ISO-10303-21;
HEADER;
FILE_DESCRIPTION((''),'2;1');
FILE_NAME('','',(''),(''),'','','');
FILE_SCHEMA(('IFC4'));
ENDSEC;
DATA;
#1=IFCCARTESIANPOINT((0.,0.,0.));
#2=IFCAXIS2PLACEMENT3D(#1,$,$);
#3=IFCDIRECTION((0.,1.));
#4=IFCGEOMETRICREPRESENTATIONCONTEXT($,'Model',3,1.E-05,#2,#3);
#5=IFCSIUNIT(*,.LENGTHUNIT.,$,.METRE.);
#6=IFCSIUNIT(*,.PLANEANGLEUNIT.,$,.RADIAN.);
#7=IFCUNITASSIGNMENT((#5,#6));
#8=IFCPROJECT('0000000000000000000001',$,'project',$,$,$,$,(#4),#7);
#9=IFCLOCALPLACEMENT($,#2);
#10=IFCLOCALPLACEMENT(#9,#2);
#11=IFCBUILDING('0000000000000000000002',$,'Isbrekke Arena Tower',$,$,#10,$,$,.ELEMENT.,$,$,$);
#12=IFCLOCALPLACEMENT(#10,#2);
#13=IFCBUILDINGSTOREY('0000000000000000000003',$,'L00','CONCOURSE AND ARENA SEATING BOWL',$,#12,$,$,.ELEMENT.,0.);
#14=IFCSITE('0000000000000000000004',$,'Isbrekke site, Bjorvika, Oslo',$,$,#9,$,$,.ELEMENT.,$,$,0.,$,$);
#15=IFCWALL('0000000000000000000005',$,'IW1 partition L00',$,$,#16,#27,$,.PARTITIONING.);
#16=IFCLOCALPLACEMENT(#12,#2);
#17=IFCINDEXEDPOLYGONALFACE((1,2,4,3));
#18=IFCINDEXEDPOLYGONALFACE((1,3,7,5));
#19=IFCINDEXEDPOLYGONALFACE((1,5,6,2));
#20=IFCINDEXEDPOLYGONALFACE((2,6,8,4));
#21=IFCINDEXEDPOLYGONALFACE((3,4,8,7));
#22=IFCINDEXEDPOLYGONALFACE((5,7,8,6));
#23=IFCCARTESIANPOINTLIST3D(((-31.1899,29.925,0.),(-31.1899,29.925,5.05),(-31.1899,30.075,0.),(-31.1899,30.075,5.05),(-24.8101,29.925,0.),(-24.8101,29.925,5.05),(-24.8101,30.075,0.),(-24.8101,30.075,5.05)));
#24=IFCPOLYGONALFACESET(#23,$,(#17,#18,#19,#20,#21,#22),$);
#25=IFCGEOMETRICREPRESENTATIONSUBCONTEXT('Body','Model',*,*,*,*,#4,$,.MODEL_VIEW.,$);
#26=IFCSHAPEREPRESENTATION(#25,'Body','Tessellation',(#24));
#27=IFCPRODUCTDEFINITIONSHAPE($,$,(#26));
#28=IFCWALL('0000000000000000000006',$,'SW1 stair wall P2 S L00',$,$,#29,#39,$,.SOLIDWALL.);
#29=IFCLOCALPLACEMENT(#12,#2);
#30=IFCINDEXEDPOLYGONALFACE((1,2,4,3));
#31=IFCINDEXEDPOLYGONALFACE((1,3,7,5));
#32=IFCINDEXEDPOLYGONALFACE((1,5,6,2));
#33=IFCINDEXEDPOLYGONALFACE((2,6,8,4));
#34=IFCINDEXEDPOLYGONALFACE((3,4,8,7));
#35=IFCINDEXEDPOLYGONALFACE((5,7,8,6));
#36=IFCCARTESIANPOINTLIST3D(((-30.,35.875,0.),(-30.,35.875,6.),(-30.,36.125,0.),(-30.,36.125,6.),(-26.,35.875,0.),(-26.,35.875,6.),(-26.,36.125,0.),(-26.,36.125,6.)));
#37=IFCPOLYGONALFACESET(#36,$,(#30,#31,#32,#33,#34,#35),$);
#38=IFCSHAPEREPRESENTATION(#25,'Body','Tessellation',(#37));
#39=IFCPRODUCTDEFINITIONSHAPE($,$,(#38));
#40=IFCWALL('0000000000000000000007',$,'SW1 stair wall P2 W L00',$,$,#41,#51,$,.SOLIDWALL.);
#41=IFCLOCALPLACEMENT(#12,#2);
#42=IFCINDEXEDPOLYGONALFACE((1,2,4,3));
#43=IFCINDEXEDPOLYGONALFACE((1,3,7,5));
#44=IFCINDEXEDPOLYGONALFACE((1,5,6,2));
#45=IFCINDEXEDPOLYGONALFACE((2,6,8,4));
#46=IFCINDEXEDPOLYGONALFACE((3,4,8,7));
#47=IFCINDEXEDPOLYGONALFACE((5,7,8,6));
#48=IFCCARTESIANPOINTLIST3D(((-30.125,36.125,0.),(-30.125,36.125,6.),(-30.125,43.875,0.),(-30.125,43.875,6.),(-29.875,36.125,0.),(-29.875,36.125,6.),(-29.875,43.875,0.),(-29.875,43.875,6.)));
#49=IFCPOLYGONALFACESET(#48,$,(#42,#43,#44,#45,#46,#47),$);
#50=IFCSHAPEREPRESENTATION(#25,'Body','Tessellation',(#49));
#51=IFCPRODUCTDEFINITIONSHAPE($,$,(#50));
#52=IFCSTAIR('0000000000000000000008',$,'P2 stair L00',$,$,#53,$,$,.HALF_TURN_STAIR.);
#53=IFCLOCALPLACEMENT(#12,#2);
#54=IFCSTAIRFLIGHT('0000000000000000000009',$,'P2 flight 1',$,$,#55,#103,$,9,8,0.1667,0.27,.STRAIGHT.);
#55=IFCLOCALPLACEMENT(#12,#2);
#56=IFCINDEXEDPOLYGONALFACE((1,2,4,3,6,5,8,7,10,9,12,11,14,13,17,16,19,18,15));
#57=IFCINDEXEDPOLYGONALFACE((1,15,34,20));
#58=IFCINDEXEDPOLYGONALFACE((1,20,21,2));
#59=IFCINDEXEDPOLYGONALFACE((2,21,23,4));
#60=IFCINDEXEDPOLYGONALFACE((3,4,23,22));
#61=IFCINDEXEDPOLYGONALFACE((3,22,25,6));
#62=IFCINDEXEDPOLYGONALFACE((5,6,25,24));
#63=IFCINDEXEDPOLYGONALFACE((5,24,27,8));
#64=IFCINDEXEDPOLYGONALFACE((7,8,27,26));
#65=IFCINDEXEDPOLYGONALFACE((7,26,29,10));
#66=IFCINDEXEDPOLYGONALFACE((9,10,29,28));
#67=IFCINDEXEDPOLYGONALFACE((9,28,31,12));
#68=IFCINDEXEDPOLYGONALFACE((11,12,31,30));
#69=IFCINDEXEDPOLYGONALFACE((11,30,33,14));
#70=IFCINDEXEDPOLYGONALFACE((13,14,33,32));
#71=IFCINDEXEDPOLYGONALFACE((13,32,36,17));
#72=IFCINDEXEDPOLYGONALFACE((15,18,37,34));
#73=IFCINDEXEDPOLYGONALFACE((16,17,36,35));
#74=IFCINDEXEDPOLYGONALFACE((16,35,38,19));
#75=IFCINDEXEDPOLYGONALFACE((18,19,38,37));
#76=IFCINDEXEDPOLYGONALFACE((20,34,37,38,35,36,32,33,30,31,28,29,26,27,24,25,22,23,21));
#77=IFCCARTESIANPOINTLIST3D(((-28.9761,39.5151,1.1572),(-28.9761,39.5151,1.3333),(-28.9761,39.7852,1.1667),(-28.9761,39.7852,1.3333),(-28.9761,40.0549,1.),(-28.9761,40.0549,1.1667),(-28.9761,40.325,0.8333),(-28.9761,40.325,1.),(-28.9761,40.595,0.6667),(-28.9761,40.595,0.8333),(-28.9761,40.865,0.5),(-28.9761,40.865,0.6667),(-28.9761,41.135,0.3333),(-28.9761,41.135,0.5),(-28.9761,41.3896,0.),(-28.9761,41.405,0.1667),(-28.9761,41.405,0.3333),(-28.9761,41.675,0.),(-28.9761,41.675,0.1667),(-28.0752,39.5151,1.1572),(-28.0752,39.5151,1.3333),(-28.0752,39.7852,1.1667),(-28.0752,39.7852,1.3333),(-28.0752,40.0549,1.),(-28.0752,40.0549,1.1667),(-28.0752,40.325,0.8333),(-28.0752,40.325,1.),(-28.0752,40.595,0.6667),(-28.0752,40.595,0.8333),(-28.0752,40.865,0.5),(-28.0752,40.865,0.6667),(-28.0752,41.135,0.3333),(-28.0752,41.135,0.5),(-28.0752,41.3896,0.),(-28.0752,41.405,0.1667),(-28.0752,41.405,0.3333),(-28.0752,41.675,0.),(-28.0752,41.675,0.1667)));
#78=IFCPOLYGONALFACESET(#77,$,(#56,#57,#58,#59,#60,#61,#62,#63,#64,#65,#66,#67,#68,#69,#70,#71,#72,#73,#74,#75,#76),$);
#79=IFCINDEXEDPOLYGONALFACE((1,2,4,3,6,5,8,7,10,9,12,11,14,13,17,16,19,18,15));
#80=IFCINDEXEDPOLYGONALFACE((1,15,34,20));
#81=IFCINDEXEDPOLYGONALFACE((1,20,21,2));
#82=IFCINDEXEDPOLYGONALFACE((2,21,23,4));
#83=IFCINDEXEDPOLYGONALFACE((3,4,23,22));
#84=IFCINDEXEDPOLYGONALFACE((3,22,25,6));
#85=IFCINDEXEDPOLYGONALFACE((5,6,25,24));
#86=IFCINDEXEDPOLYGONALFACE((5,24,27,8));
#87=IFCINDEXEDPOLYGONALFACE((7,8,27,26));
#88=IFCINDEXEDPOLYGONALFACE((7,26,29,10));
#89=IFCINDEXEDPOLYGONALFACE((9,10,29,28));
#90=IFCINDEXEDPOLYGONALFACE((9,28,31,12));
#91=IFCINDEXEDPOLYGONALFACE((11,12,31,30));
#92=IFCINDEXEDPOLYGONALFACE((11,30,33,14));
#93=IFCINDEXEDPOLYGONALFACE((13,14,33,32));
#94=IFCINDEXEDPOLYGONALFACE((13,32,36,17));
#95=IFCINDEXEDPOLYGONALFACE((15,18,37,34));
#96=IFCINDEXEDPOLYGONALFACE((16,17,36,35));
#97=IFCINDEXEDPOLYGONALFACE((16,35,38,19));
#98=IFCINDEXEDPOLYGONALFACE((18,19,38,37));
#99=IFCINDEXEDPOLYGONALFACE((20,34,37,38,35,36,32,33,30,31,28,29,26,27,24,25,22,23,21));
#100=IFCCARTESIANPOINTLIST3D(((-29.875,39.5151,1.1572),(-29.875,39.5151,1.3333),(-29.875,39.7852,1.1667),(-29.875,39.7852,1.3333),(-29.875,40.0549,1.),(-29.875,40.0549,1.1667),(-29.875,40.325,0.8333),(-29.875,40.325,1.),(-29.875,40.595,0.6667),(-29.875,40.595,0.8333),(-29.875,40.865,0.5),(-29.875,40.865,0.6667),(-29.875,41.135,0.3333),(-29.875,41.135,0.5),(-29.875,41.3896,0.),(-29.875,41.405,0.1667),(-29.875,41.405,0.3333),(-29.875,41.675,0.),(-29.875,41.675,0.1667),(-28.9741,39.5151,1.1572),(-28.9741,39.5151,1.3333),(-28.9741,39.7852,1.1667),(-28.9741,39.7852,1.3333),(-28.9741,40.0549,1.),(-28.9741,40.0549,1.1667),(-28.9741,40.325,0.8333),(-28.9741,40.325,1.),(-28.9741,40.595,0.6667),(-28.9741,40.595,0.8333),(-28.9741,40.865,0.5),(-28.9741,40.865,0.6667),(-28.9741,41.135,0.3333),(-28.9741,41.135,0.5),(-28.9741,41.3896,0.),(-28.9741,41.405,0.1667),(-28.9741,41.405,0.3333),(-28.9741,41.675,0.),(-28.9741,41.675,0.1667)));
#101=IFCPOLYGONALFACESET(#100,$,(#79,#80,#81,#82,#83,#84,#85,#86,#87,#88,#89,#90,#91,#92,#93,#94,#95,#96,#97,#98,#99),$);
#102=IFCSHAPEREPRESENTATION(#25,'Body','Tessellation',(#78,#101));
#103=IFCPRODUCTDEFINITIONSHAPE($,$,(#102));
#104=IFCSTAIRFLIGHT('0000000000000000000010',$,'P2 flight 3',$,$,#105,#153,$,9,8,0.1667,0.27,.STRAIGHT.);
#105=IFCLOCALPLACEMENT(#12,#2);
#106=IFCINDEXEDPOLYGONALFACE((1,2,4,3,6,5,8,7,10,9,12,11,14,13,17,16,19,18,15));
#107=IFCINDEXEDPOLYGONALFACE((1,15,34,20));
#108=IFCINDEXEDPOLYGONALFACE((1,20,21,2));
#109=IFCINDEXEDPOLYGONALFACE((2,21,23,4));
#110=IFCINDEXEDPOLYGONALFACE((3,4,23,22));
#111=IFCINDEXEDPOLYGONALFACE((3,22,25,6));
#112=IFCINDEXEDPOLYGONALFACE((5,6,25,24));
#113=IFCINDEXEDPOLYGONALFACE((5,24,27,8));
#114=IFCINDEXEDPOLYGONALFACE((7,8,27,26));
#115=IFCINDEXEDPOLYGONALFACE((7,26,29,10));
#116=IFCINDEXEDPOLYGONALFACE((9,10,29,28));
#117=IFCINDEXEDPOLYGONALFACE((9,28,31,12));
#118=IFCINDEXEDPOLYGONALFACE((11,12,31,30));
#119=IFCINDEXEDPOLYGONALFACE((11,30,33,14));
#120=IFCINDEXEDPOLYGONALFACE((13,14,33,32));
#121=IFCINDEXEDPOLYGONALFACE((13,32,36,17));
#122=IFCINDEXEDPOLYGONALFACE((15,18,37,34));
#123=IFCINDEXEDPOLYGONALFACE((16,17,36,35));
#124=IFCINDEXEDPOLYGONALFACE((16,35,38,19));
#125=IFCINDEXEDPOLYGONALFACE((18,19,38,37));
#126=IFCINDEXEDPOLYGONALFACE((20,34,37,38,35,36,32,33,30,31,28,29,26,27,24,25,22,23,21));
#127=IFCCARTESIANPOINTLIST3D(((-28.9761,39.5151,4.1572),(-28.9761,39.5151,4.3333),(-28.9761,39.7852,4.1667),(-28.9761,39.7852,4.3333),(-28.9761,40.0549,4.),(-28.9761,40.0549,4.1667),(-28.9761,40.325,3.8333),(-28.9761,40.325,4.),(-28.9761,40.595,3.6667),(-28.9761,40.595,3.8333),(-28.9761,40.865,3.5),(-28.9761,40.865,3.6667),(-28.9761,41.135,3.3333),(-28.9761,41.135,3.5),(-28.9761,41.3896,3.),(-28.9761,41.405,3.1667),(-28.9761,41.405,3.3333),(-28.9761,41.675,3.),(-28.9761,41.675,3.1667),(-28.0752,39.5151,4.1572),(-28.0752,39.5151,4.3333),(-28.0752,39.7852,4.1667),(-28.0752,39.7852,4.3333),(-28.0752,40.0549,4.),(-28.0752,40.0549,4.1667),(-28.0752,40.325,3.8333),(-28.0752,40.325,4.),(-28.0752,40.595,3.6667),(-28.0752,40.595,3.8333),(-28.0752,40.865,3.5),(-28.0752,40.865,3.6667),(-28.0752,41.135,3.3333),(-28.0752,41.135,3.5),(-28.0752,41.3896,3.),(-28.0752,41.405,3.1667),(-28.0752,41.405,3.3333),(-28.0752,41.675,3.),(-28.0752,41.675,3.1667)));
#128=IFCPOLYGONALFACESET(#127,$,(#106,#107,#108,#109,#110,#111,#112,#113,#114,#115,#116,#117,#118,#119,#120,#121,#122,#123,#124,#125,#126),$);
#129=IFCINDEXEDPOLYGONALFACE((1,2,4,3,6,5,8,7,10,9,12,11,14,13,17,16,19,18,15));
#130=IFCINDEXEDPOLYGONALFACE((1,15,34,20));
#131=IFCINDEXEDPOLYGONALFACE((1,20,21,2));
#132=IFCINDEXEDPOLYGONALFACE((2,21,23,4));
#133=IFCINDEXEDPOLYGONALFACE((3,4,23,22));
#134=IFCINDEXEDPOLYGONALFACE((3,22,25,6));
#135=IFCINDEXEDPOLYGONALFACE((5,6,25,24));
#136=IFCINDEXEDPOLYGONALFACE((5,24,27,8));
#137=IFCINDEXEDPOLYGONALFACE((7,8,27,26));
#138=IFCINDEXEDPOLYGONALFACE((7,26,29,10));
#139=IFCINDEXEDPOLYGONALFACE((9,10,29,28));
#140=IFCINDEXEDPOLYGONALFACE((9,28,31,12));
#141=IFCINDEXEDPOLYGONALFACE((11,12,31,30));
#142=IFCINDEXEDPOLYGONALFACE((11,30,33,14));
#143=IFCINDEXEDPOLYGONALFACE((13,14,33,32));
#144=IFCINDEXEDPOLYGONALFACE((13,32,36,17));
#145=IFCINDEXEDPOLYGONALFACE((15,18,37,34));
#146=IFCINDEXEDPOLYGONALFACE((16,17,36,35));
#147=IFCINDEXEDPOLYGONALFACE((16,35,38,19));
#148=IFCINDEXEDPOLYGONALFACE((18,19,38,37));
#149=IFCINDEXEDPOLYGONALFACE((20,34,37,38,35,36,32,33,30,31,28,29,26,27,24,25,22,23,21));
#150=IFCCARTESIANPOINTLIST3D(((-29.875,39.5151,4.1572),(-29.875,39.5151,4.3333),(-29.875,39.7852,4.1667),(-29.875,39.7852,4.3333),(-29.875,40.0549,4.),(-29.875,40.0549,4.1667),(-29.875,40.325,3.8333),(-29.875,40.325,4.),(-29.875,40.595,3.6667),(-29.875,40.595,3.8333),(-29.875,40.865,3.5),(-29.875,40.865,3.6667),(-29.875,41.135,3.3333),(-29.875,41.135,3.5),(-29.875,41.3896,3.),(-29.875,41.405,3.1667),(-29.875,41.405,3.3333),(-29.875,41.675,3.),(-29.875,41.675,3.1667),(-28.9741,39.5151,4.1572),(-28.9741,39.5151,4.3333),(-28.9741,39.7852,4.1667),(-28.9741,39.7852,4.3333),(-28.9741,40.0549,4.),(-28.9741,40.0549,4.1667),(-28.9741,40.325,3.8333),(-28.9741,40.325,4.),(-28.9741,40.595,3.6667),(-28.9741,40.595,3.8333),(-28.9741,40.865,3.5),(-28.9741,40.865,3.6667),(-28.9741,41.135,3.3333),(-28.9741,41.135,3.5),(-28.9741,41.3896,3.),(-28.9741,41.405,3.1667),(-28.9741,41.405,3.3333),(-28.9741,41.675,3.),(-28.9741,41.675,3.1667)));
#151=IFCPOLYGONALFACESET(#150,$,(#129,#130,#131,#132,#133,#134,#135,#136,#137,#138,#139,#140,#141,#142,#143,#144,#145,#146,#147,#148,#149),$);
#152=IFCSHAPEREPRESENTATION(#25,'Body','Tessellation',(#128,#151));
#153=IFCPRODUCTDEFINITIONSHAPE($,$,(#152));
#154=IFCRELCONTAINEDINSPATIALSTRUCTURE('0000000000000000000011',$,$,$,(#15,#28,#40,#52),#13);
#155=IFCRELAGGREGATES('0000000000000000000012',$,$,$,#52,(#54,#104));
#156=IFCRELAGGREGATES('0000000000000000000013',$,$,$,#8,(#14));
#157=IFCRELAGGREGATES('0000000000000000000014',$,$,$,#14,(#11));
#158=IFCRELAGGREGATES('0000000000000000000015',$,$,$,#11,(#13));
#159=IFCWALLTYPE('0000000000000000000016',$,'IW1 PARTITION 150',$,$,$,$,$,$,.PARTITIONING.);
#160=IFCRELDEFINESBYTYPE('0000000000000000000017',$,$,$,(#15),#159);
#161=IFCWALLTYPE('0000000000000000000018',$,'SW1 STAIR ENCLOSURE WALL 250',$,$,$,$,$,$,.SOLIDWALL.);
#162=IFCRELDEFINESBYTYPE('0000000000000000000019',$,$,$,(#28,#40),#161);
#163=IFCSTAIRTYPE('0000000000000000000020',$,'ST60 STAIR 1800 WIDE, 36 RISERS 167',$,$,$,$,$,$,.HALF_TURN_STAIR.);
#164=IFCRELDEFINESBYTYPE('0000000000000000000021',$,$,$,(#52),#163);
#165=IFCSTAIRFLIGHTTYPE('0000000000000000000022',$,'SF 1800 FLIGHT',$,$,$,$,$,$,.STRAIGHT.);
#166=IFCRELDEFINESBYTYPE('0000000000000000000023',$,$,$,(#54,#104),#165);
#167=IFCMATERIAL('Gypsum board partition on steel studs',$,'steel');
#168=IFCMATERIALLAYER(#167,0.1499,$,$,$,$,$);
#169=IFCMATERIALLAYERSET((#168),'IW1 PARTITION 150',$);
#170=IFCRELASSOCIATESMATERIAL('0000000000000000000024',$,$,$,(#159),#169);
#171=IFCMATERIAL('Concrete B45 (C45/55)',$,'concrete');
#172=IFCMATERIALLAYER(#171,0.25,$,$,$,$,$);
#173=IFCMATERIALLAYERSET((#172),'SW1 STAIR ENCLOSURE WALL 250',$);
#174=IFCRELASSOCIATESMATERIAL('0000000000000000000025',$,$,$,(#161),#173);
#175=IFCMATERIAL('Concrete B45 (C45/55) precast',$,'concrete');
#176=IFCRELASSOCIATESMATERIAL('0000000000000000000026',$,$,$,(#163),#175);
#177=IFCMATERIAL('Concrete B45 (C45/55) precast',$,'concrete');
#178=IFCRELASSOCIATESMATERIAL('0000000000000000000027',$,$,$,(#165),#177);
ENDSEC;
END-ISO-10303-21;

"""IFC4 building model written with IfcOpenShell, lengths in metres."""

from ifc_helpers import new_model, si_unit, direction, frame, frame_2d, origin, place, context, subcontext, project, spatial, polyline, rectangle, outline, extrude, material, layer, layer_set, type_object, element, aggregate, save


model = new_model("IFC4")

# Units and contexts
model_context = context("Model", 3, precision=1e-05, world=origin(), true_north=direction((0.0, 1.0)))
body_context = subcontext(model_context, "Body", "Model", "MODEL_VIEW")
ifc_project = project(units=[si_unit("LENGTHUNIT", "METRE"), si_unit("PLANEANGLEUNIT", "RADIAN")], contexts=[model_context])

# Site, building, storey
site_placement = place(None, origin())
site = spatial("IfcSite", under=ifc_project, at=site_placement, Name="Isbrekke site, Bjorvika, Oslo", CompositionType="ELEMENT", RefElevation=0.0)
building_placement = place(site_placement, origin())
building = spatial("IfcBuilding", under=site, at=building_placement, Name="Isbrekke Arena Tower", CompositionType="ELEMENT")
storey_placement = place(building_placement, origin())
storey = spatial("IfcBuildingStorey", under=building, at=storey_placement, Name="L00", Description="CONCOURSE AND ARENA SEATING BOWL", CompositionType="ELEMENT", Elevation=0.0)

# Shared definitions
ifc_material_1 = material(Name="Gypsum board partition on steel studs", Category="steel")
ifc_layer_1 = layer(ifc_material_1, 0.1499)
ifc_layer_set_1 = layer_set([ifc_layer_1], Name="IW1 PARTITION 150")
wall_type_1 = type_object("IfcWallType", Name="IW1 PARTITION 150", PredefinedType="PARTITIONING", material=ifc_layer_set_1)

# Walls
wall_1_placement = place(storey_placement, frame((-31.1899, 30.0, 0.0), z_axis=(0.0, 0.0, 1.0), x_axis=(1.0, 0.0, 0.0)))
element("IfcWall", 1, at=wall_1_placement, inside=storey, type_object=wall_type_1, Name="IW1 partition L00", PredefinedType="PARTITIONING", context=body_context, shape_type="SweptSolid", body=[
    extrude(rectangle(XDim=6.3799, YDim=0.1499, at=frame_2d((3.1899, 0.0))), origin(), (0.0, 0.0, 1.0), 5.05),
])
ifc_material_2 = material(Name="Concrete B45 (C45/55)", Category="concrete")
ifc_layer_2 = layer(ifc_material_2, 0.25)
ifc_layer_set_2 = layer_set([ifc_layer_2], Name="SW1 STAIR ENCLOSURE WALL 250")
wall_type_2 = type_object("IfcWallType", Name="SW1 STAIR ENCLOSURE WALL 250", PredefinedType="SOLIDWALL", material=ifc_layer_set_2)
wall_2_placement = place(storey_placement, frame((-30.0, 36.0, 0.0), z_axis=(0.0, 0.0, 1.0), x_axis=(1.0, 0.0, 0.0)))
element("IfcWall", 2, at=wall_2_placement, inside=storey, type_object=wall_type_2, Name="SW1 stair wall P2 S L00", PredefinedType="SOLIDWALL", context=body_context, shape_type="SweptSolid", body=[
    extrude(rectangle(XDim=4.0, YDim=0.25, at=frame_2d((2.0, 0.0))), origin(), (0.0, 0.0, 1.0), 6.0),
])
wall_3_placement = place(storey_placement, frame((-30.0, 43.875, 0.0), z_axis=(0.0, 0.0, 1.0), x_axis=(0.0, -1.0, 0.0)))
element("IfcWall", 3, at=wall_3_placement, inside=storey, type_object=wall_type_2, Name="SW1 stair wall P2 W L00", PredefinedType="SOLIDWALL", context=body_context, shape_type="SweptSolid", body=[
    extrude(rectangle(XDim=7.75, YDim=0.25, at=frame_2d((3.875, 0.0))), origin(), (0.0, 0.0, 1.0), 6.0),
])

# Stair, stair flights
ifc_material_3 = material(Name="Concrete B45 (C45/55) precast", Category="concrete")
stair_type = type_object("IfcStairType", Name="ST60 STAIR 1800 WIDE, 36 RISERS 167", PredefinedType="HALF_TURN_STAIR", material=ifc_material_3)
stair_placement = place(storey_placement, origin())
stair = element("IfcStair", 4, at=stair_placement, inside=storey, type_object=stair_type, Name="P2 stair L00", PredefinedType="HALF_TURN_STAIR")
ifc_material_4 = material(Name="Concrete B45 (C45/55) precast", Category="concrete")
stair_flight_type = type_object("IfcStairFlightType", Name="SF 1800 FLIGHT", PredefinedType="STRAIGHT", material=ifc_material_4)
stair_flight_1_placement = place(storey_placement, frame((-28.9751, 41.675, 0.0), z_axis=(0.0, 0.0, 1.0), x_axis=(0.0, -1.0, 0.0)))
stair_flight_1 = element("IfcStairFlight", 5, at=stair_flight_1_placement, type_object=stair_flight_type, Name="P2 flight 1", NumberOfRisers=9, NumberOfTreads=8, PredefinedType="STRAIGHT", RiserHeight=0.1667, TreadLength=0.27, context=body_context, shape_type="SweptSolid", body=[
    extrude(outline(polyline([(0.0, 0.0), (0.0, 0.1667), (0.27, 0.1667), (0.27, 0.3333), (0.54, 0.3333), (0.54, 0.5), (0.8101, 0.5), (0.8101, 0.6667), (1.0801, 0.6667), (1.0801, 0.8333), (1.3501, 0.8333), (1.3501, 1.0), (1.6201, 1.0), (1.6201, 1.1667), (1.8899, 1.1667), (1.8899, 1.3333), (2.1599, 1.3333), (2.1599, 1.5), (2.1599, 1.1572), (0.2854, 0.0), (0.0, 0.0)])), frame((0.0, 0.8999, 0.0), z_axis=(0.0, -1.0, 0.0), x_axis=(1.0, 0.0, 0.0)), (0.0, 0.0, 1.0), 0.9009),
    extrude(outline(polyline([(0.0, 0.0), (0.0, 0.1667), (0.27, 0.1667), (0.27, 0.3333), (0.54, 0.3333), (0.54, 0.5), (0.8101, 0.5), (0.8101, 0.6667), (1.0801, 0.6667), (1.0801, 0.8333), (1.3501, 0.8333), (1.3501, 1.0), (1.6201, 1.0), (1.6201, 1.1667), (1.8899, 1.1667), (1.8899, 1.3333), (2.1599, 1.3333), (2.1599, 1.5), (2.1599, 1.1572), (0.2854, 0.0), (0.0, 0.0)])), frame((0.0, 0.001, 0.0), z_axis=(0.0, -1.0, 0.0), x_axis=(1.0, 0.0, 0.0)), (0.0, 0.0, 1.0), 0.9009),
])
stair_flight_2_placement = place(storey_placement, frame((-28.9751, 41.675, 3.0), z_axis=(0.0, 0.0, 1.0), x_axis=(0.0, -1.0, 0.0)))
stair_flight_2 = element("IfcStairFlight", 6, at=stair_flight_2_placement, type_object=stair_flight_type, Name="P2 flight 3", NumberOfRisers=9, NumberOfTreads=8, PredefinedType="STRAIGHT", RiserHeight=0.1667, TreadLength=0.27, context=body_context, shape_type="SweptSolid", body=[
    extrude(outline(polyline([(0.0, 0.0), (0.0, 0.1667), (0.27, 0.1667), (0.27, 0.3333), (0.54, 0.3333), (0.54, 0.5), (0.8101, 0.5), (0.8101, 0.6667), (1.0801, 0.6667), (1.0801, 0.8333), (1.3501, 0.8333), (1.3501, 1.0), (1.6201, 1.0), (1.6201, 1.1667), (1.8899, 1.1667), (1.8899, 1.3333), (2.1599, 1.3333), (2.1599, 1.5), (2.1599, 1.1572), (0.2854, 0.0), (0.0, 0.0)])), frame((0.0, 0.8999, 0.0), z_axis=(0.0, -1.0, 0.0), x_axis=(1.0, 0.0, 0.0)), (0.0, 0.0, 1.0), 0.9009),
    extrude(outline(polyline([(0.0, 0.0), (0.0, 0.1667), (0.27, 0.1667), (0.27, 0.3333), (0.54, 0.3333), (0.54, 0.5), (0.8101, 0.5), (0.8101, 0.6667), (1.0801, 0.6667), (1.0801, 0.8333), (1.3501, 0.8333), (1.3501, 1.0), (1.6201, 1.0), (1.6201, 1.1667), (1.8899, 1.1667), (1.8899, 1.3333), (2.1599, 1.3333), (2.1599, 1.5), (2.1599, 1.1572), (0.2854, 0.0), (0.0, 0.0)])), frame((0.0, 0.001, 0.0), z_axis=(0.0, -1.0, 0.0), x_axis=(1.0, 0.0, 0.0)), (0.0, 0.0, 1.0), 0.9009),
])
aggregate(stair, [stair_flight_1, stair_flight_2])

save(model, "model.ifc")
